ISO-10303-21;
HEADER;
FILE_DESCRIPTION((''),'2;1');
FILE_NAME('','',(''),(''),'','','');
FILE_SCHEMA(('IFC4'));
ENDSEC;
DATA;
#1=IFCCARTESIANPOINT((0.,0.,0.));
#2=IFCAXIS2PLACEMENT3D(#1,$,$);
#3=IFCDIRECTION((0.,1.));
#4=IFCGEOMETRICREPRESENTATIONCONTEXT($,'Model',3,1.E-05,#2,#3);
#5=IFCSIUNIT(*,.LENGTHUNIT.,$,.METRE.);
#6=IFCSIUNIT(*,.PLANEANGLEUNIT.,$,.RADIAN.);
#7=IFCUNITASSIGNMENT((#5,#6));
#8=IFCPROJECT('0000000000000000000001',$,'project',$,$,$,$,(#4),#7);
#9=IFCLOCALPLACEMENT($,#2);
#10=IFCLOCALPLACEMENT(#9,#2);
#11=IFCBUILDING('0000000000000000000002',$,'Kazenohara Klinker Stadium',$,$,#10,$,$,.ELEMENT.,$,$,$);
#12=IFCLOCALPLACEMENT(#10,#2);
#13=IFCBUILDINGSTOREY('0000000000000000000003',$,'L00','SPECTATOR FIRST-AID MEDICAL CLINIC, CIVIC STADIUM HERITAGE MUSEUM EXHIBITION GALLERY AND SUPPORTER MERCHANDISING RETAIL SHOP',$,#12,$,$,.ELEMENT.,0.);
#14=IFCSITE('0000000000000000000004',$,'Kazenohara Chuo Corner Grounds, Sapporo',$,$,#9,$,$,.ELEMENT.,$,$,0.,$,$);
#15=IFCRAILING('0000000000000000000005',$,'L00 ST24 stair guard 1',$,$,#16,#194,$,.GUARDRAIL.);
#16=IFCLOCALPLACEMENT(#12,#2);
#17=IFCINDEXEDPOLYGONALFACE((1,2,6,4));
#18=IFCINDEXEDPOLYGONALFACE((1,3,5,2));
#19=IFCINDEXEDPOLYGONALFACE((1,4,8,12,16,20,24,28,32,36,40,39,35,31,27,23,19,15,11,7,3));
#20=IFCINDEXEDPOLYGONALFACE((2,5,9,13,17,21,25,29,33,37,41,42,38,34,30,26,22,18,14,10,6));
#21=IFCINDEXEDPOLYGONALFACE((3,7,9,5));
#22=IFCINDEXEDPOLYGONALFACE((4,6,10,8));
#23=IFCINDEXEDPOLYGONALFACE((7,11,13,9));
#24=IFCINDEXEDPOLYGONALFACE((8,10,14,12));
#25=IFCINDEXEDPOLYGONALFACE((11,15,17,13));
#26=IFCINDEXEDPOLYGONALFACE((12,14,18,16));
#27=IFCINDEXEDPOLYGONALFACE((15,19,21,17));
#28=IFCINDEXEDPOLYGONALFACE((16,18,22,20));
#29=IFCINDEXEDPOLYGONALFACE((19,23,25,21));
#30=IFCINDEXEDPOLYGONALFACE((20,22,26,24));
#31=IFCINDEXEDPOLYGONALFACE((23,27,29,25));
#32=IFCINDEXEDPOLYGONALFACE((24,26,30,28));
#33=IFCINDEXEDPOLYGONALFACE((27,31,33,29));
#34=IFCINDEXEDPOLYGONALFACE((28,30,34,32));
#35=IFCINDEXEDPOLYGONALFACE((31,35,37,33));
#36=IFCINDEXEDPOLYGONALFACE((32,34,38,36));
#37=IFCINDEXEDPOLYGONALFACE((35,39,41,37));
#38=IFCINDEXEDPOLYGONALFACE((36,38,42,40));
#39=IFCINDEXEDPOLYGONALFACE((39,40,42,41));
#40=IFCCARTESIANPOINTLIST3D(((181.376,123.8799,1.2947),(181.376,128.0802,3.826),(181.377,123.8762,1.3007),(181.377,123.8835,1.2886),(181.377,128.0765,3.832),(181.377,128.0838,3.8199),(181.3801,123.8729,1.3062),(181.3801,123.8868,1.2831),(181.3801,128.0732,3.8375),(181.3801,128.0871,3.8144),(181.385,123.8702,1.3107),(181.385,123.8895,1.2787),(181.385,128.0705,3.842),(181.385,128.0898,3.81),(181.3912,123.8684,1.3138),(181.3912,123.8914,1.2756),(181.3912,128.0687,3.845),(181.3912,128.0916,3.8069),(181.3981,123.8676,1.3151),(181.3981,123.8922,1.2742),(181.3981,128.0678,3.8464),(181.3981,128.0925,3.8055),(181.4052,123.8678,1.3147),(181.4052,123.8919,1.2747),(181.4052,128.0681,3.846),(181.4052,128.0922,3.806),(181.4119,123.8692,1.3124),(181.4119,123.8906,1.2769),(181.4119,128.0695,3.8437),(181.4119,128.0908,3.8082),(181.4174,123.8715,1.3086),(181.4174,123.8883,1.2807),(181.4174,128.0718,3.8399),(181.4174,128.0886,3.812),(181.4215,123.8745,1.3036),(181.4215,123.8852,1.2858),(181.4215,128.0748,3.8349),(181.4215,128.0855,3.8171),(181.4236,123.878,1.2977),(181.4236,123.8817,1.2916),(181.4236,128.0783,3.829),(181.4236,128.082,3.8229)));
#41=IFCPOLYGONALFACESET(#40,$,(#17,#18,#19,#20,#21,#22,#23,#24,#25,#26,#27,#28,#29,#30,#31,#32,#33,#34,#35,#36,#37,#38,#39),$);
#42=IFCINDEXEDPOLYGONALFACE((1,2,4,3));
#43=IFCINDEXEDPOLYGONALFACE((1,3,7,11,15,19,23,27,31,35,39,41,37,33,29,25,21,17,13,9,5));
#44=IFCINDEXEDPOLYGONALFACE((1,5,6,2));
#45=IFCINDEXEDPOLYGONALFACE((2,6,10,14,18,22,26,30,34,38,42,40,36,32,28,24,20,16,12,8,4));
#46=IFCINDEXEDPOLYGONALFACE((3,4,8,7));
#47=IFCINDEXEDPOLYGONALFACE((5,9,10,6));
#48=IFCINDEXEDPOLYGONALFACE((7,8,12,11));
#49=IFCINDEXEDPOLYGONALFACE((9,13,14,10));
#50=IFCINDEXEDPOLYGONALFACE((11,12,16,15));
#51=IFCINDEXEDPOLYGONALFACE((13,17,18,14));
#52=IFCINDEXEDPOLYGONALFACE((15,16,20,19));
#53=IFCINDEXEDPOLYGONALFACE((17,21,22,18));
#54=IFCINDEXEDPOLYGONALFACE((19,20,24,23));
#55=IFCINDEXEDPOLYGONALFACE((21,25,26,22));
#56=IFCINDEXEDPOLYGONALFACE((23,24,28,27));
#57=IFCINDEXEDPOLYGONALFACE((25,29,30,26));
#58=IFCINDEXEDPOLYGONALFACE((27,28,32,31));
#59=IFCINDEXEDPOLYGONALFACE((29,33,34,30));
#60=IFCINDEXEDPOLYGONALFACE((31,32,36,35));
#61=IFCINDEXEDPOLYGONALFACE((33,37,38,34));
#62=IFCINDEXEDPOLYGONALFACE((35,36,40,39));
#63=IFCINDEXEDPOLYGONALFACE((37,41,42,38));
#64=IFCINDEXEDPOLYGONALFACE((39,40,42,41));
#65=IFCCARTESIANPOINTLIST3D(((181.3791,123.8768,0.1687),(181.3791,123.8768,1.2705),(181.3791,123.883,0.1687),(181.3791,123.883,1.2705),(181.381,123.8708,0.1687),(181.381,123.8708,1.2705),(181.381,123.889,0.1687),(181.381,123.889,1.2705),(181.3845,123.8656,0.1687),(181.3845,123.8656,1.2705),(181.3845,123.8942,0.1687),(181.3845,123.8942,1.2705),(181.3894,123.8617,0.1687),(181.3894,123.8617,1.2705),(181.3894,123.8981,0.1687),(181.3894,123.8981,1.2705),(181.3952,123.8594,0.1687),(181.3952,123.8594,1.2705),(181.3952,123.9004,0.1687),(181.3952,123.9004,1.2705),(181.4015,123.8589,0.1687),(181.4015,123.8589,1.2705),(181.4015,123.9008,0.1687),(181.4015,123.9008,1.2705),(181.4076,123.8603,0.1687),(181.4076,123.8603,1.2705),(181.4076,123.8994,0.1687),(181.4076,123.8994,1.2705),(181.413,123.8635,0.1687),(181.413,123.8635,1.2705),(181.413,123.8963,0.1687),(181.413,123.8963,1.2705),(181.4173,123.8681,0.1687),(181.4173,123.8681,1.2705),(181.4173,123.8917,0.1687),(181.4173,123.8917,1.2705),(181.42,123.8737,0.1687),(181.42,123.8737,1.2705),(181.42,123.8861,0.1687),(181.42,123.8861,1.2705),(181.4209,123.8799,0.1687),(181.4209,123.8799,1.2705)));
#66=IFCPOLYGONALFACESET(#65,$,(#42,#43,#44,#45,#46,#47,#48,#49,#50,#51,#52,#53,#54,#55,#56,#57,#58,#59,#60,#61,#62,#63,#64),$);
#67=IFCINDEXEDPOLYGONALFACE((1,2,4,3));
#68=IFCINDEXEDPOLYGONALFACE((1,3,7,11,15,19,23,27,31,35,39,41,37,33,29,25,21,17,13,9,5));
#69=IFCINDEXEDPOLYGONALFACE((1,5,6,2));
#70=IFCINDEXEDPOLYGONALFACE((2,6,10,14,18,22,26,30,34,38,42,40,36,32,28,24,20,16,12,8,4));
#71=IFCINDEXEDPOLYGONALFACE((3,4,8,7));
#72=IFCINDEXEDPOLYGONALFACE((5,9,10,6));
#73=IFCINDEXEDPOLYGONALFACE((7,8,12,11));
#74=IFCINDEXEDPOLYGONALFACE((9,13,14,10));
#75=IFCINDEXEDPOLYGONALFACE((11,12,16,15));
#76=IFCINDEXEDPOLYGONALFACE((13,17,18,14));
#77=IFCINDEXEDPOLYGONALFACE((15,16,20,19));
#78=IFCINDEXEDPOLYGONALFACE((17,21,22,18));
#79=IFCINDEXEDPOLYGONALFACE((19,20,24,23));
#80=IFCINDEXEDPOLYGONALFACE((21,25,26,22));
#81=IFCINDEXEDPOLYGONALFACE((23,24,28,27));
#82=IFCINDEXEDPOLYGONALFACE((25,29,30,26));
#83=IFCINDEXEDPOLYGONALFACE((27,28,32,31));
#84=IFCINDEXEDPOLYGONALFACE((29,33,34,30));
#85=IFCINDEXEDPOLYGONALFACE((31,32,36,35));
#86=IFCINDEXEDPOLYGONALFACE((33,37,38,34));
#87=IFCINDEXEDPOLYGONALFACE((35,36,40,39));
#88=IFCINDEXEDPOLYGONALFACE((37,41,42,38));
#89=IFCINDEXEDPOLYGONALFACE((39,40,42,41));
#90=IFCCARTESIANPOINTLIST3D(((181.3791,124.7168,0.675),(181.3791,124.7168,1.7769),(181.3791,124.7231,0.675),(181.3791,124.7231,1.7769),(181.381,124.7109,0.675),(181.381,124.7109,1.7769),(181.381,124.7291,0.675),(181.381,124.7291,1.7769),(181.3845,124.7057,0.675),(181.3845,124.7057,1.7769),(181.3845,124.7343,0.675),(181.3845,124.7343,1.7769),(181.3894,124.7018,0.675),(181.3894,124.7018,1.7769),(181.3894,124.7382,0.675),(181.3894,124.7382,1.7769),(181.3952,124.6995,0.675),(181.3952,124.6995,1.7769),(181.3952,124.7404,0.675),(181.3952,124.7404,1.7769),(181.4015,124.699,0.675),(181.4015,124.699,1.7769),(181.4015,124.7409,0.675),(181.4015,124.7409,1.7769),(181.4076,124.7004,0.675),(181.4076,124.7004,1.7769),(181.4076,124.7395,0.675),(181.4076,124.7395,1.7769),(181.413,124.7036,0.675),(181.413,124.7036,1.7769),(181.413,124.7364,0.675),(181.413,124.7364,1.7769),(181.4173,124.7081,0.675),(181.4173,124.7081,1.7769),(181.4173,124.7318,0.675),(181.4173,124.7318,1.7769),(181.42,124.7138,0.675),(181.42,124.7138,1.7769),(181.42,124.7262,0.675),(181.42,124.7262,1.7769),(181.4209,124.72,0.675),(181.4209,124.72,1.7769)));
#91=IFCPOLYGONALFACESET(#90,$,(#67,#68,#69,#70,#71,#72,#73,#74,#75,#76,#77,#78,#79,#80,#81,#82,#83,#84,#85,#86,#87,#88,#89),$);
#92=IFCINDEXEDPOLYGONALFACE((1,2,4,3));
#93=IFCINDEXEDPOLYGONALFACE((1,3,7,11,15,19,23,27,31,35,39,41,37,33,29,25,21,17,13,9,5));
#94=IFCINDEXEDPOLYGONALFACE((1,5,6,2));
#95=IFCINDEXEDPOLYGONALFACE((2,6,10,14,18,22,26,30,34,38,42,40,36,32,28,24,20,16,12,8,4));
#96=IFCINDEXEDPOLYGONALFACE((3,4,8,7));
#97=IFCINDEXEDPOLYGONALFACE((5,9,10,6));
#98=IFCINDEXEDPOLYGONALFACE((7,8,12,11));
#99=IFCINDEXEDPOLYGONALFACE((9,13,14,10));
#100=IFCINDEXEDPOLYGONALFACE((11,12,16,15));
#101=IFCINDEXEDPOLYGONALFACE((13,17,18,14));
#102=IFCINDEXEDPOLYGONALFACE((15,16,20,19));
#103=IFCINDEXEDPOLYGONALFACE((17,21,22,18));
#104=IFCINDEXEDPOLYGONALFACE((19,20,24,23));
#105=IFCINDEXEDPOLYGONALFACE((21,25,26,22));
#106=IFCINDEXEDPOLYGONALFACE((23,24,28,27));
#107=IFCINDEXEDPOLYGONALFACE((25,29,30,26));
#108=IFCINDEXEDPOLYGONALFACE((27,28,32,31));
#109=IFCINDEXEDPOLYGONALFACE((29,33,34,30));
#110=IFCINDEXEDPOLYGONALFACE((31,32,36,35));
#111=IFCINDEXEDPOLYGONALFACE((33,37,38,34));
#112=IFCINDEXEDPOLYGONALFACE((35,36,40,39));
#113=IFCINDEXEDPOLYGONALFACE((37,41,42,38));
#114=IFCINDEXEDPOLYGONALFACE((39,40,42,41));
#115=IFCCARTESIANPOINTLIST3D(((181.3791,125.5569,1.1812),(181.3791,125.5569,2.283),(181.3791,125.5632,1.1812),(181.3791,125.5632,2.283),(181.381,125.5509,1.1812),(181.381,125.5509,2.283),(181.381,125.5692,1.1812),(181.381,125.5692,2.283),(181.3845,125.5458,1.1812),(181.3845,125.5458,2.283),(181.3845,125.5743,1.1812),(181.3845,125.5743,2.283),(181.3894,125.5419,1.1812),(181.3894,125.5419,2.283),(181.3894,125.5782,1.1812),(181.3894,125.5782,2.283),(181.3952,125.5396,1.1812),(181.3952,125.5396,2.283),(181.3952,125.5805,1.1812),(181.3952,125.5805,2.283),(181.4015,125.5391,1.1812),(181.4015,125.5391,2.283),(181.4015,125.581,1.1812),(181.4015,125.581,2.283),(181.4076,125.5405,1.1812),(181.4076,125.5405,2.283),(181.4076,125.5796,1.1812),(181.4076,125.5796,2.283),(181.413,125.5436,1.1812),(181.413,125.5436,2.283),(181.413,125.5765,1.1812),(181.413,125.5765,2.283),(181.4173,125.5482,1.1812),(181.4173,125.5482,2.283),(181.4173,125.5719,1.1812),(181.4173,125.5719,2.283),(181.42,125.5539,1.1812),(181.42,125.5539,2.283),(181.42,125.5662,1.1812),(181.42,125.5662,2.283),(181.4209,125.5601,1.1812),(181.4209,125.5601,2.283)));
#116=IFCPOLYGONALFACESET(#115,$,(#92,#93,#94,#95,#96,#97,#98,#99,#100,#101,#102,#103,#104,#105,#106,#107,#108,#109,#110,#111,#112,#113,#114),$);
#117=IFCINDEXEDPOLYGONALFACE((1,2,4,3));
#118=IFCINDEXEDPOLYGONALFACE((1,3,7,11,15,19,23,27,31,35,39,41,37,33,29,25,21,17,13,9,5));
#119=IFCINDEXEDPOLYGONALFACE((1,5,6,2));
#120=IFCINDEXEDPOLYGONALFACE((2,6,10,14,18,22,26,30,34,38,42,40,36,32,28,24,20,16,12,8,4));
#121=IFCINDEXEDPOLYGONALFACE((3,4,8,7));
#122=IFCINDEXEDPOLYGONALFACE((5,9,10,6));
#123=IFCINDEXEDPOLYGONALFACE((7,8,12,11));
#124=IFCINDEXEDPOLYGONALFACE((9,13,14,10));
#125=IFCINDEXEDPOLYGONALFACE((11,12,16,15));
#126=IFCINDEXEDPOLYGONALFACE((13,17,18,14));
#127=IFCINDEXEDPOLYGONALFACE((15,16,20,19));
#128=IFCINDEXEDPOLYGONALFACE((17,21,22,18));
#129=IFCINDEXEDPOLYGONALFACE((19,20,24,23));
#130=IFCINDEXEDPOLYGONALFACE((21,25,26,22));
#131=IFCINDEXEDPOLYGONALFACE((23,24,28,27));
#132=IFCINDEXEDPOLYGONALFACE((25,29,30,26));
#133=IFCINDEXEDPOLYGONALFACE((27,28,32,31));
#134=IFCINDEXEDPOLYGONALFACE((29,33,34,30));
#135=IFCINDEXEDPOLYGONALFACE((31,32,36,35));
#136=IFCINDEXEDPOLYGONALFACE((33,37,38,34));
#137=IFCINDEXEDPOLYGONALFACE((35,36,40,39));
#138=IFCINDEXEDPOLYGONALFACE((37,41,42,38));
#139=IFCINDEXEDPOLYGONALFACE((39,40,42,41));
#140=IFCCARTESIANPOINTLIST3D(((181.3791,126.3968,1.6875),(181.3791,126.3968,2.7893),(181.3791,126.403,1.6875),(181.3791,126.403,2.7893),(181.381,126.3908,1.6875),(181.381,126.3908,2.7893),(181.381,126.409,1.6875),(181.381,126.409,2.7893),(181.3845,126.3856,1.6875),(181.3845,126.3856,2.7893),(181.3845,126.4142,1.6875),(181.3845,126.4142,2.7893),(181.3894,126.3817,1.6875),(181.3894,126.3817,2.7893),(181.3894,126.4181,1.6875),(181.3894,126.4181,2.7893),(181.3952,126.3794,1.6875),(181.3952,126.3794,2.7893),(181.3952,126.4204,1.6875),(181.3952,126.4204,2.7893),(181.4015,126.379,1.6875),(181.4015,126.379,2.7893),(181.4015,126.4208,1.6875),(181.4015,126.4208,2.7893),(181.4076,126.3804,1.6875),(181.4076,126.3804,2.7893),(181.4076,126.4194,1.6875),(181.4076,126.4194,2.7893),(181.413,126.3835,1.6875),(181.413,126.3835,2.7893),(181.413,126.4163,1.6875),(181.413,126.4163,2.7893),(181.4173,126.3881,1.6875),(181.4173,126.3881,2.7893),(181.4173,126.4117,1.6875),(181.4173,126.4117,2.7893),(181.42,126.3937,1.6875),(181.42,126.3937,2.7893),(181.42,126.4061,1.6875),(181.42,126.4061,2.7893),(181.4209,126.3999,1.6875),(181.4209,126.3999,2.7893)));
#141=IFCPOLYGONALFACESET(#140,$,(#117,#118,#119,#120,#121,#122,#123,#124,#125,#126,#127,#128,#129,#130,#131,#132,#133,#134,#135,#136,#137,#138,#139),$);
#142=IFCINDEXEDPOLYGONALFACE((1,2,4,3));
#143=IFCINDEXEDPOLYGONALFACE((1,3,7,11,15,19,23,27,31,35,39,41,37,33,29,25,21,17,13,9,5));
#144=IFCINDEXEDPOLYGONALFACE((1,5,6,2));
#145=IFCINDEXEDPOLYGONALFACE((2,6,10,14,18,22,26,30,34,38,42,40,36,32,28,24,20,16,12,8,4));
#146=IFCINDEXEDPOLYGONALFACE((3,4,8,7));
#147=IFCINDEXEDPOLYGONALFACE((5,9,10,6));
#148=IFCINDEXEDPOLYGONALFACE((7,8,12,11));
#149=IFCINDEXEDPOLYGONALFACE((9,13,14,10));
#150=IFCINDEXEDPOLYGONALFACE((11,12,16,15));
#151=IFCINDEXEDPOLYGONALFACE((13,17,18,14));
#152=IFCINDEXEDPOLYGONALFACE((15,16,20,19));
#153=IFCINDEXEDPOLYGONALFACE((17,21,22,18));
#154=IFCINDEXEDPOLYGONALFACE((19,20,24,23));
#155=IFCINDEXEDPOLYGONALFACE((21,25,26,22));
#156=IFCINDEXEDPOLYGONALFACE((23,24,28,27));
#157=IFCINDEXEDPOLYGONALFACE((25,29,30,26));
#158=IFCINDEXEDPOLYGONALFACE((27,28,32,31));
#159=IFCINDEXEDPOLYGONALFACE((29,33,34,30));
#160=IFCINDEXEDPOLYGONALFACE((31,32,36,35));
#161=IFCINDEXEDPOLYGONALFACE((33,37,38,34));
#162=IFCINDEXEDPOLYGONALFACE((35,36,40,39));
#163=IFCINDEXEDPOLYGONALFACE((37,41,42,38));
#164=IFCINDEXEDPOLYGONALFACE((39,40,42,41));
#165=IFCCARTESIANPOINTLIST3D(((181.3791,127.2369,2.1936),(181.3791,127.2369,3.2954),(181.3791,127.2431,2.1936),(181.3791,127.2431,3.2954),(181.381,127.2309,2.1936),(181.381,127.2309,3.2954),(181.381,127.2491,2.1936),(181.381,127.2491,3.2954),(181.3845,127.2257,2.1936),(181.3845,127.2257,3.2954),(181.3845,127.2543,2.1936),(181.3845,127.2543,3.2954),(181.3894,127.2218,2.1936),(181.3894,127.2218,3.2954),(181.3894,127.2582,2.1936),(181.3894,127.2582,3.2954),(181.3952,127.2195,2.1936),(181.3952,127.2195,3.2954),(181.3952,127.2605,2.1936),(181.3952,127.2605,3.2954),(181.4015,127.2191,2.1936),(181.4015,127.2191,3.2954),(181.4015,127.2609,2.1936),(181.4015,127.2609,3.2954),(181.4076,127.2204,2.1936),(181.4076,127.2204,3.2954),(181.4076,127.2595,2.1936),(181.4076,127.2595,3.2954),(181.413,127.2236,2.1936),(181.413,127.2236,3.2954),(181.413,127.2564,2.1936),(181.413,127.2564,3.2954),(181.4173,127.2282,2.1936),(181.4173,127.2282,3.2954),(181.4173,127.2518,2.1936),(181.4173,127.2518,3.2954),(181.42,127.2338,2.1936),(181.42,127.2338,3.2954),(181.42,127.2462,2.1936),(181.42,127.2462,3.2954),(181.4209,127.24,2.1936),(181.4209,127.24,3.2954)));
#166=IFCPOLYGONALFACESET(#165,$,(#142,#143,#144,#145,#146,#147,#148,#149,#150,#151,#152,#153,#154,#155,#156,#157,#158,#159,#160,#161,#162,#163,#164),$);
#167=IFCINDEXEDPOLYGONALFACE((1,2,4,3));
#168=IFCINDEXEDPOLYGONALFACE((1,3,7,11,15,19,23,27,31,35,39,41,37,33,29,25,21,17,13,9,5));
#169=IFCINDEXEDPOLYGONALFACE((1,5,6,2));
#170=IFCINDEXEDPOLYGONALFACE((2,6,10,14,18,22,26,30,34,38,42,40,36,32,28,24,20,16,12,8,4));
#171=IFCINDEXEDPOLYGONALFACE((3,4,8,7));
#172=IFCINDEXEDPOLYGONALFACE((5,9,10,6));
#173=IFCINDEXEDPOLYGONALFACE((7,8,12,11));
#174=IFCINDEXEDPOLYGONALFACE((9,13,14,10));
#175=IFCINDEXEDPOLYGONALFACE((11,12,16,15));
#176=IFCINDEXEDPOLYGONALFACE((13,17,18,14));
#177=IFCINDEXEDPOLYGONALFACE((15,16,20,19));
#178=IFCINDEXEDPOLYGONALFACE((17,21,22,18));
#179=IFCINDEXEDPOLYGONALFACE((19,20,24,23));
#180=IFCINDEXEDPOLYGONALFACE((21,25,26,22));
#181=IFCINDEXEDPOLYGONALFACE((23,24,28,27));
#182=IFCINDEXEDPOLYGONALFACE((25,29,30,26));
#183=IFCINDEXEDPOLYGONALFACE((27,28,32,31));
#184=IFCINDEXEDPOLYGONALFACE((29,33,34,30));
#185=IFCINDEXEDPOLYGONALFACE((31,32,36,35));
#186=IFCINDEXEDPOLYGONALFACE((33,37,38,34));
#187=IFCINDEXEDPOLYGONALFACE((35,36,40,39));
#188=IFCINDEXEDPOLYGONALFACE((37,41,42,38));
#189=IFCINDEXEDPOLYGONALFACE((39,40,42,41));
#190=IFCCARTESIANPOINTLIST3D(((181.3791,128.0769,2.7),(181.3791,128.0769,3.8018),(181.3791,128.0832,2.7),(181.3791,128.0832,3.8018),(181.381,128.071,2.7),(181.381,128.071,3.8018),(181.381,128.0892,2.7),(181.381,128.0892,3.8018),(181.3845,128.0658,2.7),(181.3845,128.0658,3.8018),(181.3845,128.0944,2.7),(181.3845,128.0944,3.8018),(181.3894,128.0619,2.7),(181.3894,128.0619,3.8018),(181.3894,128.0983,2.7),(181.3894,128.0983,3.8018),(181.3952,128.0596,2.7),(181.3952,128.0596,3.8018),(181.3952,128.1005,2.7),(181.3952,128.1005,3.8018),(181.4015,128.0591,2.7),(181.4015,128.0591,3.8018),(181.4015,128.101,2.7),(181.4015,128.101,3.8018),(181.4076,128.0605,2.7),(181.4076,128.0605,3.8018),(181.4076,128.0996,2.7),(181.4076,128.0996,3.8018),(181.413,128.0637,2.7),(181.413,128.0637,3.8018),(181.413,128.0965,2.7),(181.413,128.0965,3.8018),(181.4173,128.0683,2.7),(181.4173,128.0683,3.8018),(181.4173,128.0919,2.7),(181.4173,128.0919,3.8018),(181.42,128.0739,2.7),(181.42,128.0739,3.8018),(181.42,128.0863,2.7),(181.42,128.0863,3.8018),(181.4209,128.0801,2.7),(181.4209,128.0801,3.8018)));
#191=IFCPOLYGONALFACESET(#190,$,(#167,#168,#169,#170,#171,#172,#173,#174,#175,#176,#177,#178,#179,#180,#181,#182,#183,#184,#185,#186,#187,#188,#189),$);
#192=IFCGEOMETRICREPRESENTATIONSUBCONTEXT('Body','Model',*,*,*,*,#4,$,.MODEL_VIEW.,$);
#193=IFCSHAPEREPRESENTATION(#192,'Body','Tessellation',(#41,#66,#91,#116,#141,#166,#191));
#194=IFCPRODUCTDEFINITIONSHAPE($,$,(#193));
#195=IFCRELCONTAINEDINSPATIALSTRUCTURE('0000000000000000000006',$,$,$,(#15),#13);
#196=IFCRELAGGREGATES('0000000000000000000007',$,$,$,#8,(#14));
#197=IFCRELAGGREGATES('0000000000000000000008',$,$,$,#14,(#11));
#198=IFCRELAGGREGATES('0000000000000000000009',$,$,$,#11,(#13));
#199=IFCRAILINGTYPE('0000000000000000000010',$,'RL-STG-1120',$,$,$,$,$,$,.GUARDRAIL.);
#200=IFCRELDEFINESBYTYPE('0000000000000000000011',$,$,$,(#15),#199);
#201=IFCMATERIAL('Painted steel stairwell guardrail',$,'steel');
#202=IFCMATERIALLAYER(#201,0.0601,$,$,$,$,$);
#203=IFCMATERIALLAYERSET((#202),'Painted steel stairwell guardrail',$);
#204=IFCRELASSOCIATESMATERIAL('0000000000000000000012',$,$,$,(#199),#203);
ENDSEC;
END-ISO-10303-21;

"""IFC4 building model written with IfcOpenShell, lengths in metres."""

from ifc_helpers import new_model, si_unit, direction, frame, origin, origin_2d, place, context, subcontext, project, spatial, circle, extrude, material, layer, layer_set, type_object, element, save


model = new_model("IFC4")

# Units and contexts
model_context = context("Model", 3, precision=1e-05, world=origin(), true_north=direction((0.0, 1.0)))
body_context = subcontext(model_context, "Body", "Model", "MODEL_VIEW")
ifc_project = project(units=[si_unit("LENGTHUNIT", "METRE"), si_unit("PLANEANGLEUNIT", "RADIAN")], contexts=[model_context])

# Site, building, storey
site_placement = place(None, origin())
site = spatial("IfcSite", under=ifc_project, at=site_placement, Name="Kazenohara Chuo Corner Grounds, Sapporo", CompositionType="ELEMENT", RefElevation=0.0)
building_placement = place(site_placement, origin())
building = spatial("IfcBuilding", under=site, at=building_placement, Name="Kazenohara Klinker Stadium", CompositionType="ELEMENT")
storey_placement = place(building_placement, origin())
storey = spatial("IfcBuildingStorey", under=building, at=storey_placement, Name="L00", Description="SPECTATOR FIRST-AID MEDICAL CLINIC, CIVIC STADIUM HERITAGE MUSEUM EXHIBITION GALLERY AND SUPPORTER MERCHANDISING RETAIL SHOP", CompositionType="ELEMENT", Elevation=0.0)

# Railing
ifc_material_1 = material(Name="Painted steel stairwell guardrail", Category="steel")
ifc_layer_1 = layer(ifc_material_1, 0.0601)
ifc_layer_set_1 = layer_set([ifc_layer_1], Name="Painted steel stairwell guardrail")
railing_type_1 = type_object("IfcRailingType", Name="RL-STG-1120", PredefinedType="GUARDRAIL", material=ifc_layer_set_1)
railing_1_placement = place(storey_placement, frame((181.3999, 123.8799, 0.1687)))
element("IfcRailing", 1, at=railing_1_placement, inside=storey, type_object=railing_type_1, Name="L00 ST24 stair guard 1", PredefinedType="GUARDRAIL", context=body_context, shape_type="SweptSolid", body=[
    extrude(circle(Radius=0.0239, at=origin_2d()), frame((0.0, 0.0, 1.126), z_axis=(0.0, 0.85649, 0.516164), x_axis=(-1.0, 0.0, 0.0)), (0.0, 0.0, 1.0), 4.9041),
    extrude(circle(Radius=0.021, at=origin_2d()), origin(), (0.0, 0.0, 1.0), 1.1018),
    extrude(circle(Radius=0.021, at=origin_2d()), frame((0.0, 0.8401, 0.5063)), (0.0, 0.0, 1.0), 1.1018),
    extrude(circle(Radius=0.021, at=origin_2d()), frame((0.0, 1.6802, 1.0125)), (0.0, 0.0, 1.0), 1.1018),
    extrude(circle(Radius=0.021, at=origin_2d()), frame((0.0, 2.52, 1.5188)), (0.0, 0.0, 1.0), 1.1018),
    extrude(circle(Radius=0.021, at=origin_2d()), frame((0.0, 3.3601, 2.0249)), (0.0, 0.0, 1.0), 1.1018),
    extrude(circle(Radius=0.021, at=origin_2d()), frame((0.0, 4.2002, 2.5312)), (0.0, 0.0, 1.0), 1.1018),
])

save(model, "model.ifc")
